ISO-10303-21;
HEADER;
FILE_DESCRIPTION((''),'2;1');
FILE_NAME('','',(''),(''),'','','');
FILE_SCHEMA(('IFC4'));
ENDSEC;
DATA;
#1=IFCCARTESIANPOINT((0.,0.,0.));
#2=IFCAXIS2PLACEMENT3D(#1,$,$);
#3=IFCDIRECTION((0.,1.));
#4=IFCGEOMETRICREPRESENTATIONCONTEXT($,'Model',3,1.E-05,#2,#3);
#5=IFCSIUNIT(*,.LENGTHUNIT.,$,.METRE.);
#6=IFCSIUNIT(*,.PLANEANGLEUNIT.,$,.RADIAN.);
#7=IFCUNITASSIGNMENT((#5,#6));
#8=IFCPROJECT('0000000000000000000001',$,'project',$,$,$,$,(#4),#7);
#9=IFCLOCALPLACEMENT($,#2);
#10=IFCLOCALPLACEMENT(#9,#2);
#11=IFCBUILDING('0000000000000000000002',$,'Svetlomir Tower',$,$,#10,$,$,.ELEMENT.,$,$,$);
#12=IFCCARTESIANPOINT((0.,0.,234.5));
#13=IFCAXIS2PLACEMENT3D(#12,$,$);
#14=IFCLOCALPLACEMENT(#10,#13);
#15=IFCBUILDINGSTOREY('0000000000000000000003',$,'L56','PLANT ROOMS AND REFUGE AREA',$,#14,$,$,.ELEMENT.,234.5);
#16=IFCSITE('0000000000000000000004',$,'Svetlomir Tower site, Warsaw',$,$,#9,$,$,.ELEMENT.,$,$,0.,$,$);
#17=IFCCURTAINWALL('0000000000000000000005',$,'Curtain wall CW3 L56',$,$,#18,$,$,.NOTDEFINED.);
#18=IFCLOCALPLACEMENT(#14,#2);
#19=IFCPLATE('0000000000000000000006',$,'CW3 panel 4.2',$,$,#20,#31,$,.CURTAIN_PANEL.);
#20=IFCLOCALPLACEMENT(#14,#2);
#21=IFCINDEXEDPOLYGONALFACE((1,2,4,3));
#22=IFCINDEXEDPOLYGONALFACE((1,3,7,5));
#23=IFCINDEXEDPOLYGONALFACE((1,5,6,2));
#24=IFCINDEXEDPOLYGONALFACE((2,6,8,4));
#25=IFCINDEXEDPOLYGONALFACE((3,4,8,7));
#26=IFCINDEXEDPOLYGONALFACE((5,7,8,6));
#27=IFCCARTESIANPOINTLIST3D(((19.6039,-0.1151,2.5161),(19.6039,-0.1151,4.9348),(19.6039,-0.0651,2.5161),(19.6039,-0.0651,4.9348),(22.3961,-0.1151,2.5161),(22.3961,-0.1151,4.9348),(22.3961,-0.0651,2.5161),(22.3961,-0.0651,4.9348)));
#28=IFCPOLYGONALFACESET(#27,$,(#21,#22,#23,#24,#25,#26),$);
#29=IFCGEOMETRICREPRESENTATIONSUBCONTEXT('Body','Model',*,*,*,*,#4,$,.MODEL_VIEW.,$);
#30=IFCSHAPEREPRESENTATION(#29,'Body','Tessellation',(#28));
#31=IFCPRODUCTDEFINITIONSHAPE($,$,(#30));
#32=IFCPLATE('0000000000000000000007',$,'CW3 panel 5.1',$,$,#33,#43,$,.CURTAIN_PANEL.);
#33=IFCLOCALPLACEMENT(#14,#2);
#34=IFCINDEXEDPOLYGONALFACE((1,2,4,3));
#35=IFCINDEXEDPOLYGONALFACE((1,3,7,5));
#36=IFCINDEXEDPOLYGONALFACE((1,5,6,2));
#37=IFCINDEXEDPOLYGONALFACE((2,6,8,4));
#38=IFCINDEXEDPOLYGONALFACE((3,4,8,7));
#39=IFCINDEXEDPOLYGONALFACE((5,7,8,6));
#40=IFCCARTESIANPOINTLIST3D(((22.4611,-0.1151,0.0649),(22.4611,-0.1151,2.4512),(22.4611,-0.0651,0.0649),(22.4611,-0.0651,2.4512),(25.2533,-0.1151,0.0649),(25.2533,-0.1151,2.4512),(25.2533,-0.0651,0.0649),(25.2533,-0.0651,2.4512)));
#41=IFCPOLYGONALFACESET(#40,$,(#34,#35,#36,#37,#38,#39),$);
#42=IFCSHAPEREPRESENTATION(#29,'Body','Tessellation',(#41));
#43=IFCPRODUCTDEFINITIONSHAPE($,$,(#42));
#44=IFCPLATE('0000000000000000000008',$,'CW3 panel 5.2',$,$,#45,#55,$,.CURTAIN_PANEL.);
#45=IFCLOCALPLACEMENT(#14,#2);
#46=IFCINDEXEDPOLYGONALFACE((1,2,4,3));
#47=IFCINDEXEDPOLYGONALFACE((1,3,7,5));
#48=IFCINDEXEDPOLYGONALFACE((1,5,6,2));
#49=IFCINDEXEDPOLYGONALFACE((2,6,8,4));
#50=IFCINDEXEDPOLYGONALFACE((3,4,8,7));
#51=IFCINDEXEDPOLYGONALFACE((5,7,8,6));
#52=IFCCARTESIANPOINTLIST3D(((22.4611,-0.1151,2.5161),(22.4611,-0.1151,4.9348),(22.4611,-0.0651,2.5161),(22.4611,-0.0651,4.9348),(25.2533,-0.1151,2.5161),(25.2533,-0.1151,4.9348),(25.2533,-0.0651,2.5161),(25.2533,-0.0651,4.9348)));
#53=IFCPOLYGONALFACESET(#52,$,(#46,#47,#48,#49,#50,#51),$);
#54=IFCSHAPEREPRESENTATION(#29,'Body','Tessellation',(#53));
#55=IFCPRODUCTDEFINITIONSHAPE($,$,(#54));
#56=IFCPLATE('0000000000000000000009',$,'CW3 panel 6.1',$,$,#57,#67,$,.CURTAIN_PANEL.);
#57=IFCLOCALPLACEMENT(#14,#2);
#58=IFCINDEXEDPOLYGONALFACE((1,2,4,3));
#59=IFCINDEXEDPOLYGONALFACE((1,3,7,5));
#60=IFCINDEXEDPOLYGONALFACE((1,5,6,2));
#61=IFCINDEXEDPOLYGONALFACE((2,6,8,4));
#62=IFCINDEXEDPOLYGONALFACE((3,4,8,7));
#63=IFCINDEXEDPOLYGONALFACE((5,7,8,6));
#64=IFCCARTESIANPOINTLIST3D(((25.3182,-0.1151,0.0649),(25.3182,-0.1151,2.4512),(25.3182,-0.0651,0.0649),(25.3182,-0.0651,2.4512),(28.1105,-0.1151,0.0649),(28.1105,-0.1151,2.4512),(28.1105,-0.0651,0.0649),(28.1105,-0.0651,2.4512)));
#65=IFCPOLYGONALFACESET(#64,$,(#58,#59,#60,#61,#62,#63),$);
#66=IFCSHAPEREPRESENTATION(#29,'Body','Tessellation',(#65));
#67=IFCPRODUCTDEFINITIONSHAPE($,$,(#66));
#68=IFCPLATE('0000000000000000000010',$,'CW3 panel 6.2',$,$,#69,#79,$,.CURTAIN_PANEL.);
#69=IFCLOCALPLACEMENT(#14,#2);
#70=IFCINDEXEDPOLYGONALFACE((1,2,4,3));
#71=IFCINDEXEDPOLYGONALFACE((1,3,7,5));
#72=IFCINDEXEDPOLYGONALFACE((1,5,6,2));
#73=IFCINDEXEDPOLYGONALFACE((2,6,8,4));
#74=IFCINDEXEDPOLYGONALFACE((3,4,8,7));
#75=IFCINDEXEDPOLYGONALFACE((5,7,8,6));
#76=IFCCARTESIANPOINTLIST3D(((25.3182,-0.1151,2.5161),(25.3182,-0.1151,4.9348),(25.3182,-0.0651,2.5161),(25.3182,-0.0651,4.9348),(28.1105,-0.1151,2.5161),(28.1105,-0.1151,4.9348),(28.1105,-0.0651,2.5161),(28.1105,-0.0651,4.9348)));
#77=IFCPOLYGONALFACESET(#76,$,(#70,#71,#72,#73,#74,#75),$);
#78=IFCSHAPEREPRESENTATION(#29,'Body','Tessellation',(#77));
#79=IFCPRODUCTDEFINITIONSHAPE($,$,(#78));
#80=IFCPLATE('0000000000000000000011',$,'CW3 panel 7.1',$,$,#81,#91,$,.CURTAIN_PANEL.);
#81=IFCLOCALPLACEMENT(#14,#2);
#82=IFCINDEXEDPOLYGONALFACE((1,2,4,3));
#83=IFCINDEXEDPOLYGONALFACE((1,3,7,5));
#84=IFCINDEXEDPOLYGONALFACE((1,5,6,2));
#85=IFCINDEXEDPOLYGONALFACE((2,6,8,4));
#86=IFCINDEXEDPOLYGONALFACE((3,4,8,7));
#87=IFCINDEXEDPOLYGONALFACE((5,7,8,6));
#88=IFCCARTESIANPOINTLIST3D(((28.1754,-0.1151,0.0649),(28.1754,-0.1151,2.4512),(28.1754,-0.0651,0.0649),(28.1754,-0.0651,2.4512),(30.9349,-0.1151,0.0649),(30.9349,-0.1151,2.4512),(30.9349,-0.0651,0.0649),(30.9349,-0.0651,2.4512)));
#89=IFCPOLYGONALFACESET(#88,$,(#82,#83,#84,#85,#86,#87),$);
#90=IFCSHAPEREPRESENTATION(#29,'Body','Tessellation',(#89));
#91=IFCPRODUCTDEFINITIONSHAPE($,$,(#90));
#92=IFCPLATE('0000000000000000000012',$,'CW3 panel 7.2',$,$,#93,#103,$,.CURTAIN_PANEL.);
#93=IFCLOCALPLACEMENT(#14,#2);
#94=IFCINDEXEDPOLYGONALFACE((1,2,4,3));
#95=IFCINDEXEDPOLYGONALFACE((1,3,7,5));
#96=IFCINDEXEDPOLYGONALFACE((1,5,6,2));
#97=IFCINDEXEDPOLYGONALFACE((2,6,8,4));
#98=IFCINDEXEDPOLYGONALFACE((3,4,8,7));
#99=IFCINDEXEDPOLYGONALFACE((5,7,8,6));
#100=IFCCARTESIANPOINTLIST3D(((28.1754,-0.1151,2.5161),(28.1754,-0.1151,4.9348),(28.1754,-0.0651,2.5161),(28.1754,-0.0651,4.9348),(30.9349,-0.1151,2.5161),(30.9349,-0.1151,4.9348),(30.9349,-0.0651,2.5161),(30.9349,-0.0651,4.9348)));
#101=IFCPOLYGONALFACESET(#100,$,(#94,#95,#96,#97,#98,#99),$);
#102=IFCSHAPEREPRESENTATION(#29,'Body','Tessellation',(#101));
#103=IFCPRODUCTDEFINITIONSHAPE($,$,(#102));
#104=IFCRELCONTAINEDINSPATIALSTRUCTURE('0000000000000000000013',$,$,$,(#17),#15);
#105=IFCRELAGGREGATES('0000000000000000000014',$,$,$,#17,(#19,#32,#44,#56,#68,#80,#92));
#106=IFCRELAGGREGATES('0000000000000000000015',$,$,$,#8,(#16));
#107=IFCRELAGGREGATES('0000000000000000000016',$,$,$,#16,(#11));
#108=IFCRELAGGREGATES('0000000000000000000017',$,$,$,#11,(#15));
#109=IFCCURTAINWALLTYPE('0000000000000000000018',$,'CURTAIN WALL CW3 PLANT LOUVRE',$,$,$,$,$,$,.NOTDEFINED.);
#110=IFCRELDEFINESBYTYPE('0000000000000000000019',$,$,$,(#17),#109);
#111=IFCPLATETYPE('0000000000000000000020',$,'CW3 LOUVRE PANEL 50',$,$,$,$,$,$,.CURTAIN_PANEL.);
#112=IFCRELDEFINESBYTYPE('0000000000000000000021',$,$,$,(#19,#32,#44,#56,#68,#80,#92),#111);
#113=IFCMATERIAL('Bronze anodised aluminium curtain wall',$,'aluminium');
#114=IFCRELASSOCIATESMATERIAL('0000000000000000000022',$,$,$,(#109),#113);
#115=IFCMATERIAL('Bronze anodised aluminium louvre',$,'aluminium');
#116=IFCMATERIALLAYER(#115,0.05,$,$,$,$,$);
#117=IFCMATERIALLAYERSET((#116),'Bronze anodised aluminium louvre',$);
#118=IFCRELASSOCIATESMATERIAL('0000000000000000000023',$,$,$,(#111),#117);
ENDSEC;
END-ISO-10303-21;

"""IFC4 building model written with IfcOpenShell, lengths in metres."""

from ifc_helpers import new_model, si_unit, direction, frame, origin, origin_2d, place, context, subcontext, project, spatial, rectangle, extrude, material, layer, layer_set, type_object, element, aggregate, save


model = new_model("IFC4")

# Units and contexts
model_context = context("Model", 3, precision=1e-05, world=origin(), true_north=direction((0.0, 1.0)))
body_context = subcontext(model_context, "Body", "Model", "MODEL_VIEW")
ifc_project = project(units=[si_unit("LENGTHUNIT", "METRE"), si_unit("PLANEANGLEUNIT", "RADIAN")], contexts=[model_context])

# Site, building, storey
site_placement = place(None, origin())
site = spatial("IfcSite", under=ifc_project, at=site_placement, Name="Svetlomir Tower site, Warsaw", CompositionType="ELEMENT", RefElevation=0.0)
building_placement = place(site_placement, origin())
building = spatial("IfcBuilding", under=site, at=building_placement, Name="Svetlomir Tower", CompositionType="ELEMENT")
storey_placement = place(building_placement, frame((0.0, 0.0, 234.5)))
storey = spatial("IfcBuildingStorey", under=building, at=storey_placement, Name="L56", Description="PLANT ROOMS AND REFUGE AREA", CompositionType="ELEMENT", Elevation=234.5)

# Curtain wall
ifc_material_1 = material(Name="Bronze anodised aluminium curtain wall", Category="aluminium")
curtain_wall_type = type_object("IfcCurtainWallType", Name="CURTAIN WALL CW3 PLANT LOUVRE", PredefinedType="NOTDEFINED", material=ifc_material_1)
curtain_wall_1_placement = place(storey_placement, origin())
curtain_wall_1 = element("IfcCurtainWall", 1, at=curtain_wall_1_placement, inside=storey, type_object=curtain_wall_type, Name="Curtain wall CW3 L56", PredefinedType="NOTDEFINED")

# Plates
ifc_material_2 = material(Name="Bronze anodised aluminium louvre", Category="aluminium")
ifc_layer = layer(ifc_material_2, 0.05)
ifc_layer_set = layer_set([ifc_layer], Name="Bronze anodised aluminium louvre")
plate_type = type_object("IfcPlateType", Name="CW3 LOUVRE PANEL 50", PredefinedType="CURTAIN_PANEL", material=ifc_layer_set)
plate_1_placement = place(storey_placement, frame((21.0, -0.0901, 2.5161), z_axis=(0.0, 0.0, 1.0), x_axis=(1.0, 0.0, 0.0)))
plate_1 = element("IfcPlate", 2, at=plate_1_placement, type_object=plate_type, Name="CW3 panel 4.2", PredefinedType="CURTAIN_PANEL", context=body_context, shape_type="SweptSolid", body=[
    extrude(rectangle(XDim=2.7922, YDim=0.05, at=origin_2d()), origin(), (0.0, 0.0, 1.0), 2.4187),
])
plate_2_placement = place(storey_placement, frame((23.8572, -0.0901, 0.0649), z_axis=(0.0, 0.0, 1.0), x_axis=(1.0, 0.0, 0.0)))
plate_2 = element("IfcPlate", 3, at=plate_2_placement, type_object=plate_type, Name="CW3 panel 5.1", PredefinedType="CURTAIN_PANEL", context=body_context, shape_type="SweptSolid", body=[
    extrude(rectangle(XDim=2.7922, YDim=0.05, at=origin_2d()), origin(), (0.0, 0.0, 1.0), 2.3862),
])
plate_3_placement = place(storey_placement, frame((23.8572, -0.0901, 2.5161), z_axis=(0.0, 0.0, 1.0), x_axis=(1.0, 0.0, 0.0)))
plate_3 = element("IfcPlate", 4, at=plate_3_placement, type_object=plate_type, Name="CW3 panel 5.2", PredefinedType="CURTAIN_PANEL", context=body_context, shape_type="SweptSolid", body=[
    extrude(rectangle(XDim=2.7922, YDim=0.05, at=origin_2d()), origin(), (0.0, 0.0, 1.0), 2.4187),
])
plate_4_placement = place(storey_placement, frame((26.7144, -0.0901, 0.0649), z_axis=(0.0, 0.0, 1.0), x_axis=(1.0, 0.0, 0.0)))
plate_4 = element("IfcPlate", 5, at=plate_4_placement, type_object=plate_type, Name="CW3 panel 6.1", PredefinedType="CURTAIN_PANEL", context=body_context, shape_type="SweptSolid", body=[
    extrude(rectangle(XDim=2.7922, YDim=0.05, at=origin_2d()), origin(), (0.0, 0.0, 1.0), 2.3862),
])
plate_5_placement = place(storey_placement, frame((26.7144, -0.0901, 2.5161), z_axis=(0.0, 0.0, 1.0), x_axis=(1.0, 0.0, 0.0)))
plate_5 = element("IfcPlate", 6, at=plate_5_placement, type_object=plate_type, Name="CW3 panel 6.2", PredefinedType="CURTAIN_PANEL", context=body_context, shape_type="SweptSolid", body=[
    extrude(rectangle(XDim=2.7922, YDim=0.05, at=origin_2d()), origin(), (0.0, 0.0, 1.0), 2.4187),
])
plate_6_placement = place(storey_placement, frame((29.5552, -0.0901, 0.0649), z_axis=(0.0, 0.0, 1.0), x_axis=(1.0, 0.0, 0.0)))
plate_6 = element("IfcPlate", 7, at=plate_6_placement, type_object=plate_type, Name="CW3 panel 7.1", PredefinedType="CURTAIN_PANEL", context=body_context, shape_type="SweptSolid", body=[
    extrude(rectangle(XDim=2.7595, YDim=0.05, at=origin_2d()), origin(), (0.0, 0.0, 1.0), 2.3862),
])
plate_7_placement = place(storey_placement, frame((29.5552, -0.0901, 2.5161), z_axis=(0.0, 0.0, 1.0), x_axis=(1.0, 0.0, 0.0)))
plate_7 = element("IfcPlate", 8, at=plate_7_placement, type_object=plate_type, Name="CW3 panel 7.2", PredefinedType="CURTAIN_PANEL", context=body_context, shape_type="SweptSolid", body=[
    extrude(rectangle(XDim=2.7595, YDim=0.05, at=origin_2d()), origin(), (0.0, 0.0, 1.0), 2.4187),
])
aggregate(curtain_wall_1, [plate_1, plate_2, plate_3, plate_4, plate_5, plate_6, plate_7])

save(model, "model.ifc")
